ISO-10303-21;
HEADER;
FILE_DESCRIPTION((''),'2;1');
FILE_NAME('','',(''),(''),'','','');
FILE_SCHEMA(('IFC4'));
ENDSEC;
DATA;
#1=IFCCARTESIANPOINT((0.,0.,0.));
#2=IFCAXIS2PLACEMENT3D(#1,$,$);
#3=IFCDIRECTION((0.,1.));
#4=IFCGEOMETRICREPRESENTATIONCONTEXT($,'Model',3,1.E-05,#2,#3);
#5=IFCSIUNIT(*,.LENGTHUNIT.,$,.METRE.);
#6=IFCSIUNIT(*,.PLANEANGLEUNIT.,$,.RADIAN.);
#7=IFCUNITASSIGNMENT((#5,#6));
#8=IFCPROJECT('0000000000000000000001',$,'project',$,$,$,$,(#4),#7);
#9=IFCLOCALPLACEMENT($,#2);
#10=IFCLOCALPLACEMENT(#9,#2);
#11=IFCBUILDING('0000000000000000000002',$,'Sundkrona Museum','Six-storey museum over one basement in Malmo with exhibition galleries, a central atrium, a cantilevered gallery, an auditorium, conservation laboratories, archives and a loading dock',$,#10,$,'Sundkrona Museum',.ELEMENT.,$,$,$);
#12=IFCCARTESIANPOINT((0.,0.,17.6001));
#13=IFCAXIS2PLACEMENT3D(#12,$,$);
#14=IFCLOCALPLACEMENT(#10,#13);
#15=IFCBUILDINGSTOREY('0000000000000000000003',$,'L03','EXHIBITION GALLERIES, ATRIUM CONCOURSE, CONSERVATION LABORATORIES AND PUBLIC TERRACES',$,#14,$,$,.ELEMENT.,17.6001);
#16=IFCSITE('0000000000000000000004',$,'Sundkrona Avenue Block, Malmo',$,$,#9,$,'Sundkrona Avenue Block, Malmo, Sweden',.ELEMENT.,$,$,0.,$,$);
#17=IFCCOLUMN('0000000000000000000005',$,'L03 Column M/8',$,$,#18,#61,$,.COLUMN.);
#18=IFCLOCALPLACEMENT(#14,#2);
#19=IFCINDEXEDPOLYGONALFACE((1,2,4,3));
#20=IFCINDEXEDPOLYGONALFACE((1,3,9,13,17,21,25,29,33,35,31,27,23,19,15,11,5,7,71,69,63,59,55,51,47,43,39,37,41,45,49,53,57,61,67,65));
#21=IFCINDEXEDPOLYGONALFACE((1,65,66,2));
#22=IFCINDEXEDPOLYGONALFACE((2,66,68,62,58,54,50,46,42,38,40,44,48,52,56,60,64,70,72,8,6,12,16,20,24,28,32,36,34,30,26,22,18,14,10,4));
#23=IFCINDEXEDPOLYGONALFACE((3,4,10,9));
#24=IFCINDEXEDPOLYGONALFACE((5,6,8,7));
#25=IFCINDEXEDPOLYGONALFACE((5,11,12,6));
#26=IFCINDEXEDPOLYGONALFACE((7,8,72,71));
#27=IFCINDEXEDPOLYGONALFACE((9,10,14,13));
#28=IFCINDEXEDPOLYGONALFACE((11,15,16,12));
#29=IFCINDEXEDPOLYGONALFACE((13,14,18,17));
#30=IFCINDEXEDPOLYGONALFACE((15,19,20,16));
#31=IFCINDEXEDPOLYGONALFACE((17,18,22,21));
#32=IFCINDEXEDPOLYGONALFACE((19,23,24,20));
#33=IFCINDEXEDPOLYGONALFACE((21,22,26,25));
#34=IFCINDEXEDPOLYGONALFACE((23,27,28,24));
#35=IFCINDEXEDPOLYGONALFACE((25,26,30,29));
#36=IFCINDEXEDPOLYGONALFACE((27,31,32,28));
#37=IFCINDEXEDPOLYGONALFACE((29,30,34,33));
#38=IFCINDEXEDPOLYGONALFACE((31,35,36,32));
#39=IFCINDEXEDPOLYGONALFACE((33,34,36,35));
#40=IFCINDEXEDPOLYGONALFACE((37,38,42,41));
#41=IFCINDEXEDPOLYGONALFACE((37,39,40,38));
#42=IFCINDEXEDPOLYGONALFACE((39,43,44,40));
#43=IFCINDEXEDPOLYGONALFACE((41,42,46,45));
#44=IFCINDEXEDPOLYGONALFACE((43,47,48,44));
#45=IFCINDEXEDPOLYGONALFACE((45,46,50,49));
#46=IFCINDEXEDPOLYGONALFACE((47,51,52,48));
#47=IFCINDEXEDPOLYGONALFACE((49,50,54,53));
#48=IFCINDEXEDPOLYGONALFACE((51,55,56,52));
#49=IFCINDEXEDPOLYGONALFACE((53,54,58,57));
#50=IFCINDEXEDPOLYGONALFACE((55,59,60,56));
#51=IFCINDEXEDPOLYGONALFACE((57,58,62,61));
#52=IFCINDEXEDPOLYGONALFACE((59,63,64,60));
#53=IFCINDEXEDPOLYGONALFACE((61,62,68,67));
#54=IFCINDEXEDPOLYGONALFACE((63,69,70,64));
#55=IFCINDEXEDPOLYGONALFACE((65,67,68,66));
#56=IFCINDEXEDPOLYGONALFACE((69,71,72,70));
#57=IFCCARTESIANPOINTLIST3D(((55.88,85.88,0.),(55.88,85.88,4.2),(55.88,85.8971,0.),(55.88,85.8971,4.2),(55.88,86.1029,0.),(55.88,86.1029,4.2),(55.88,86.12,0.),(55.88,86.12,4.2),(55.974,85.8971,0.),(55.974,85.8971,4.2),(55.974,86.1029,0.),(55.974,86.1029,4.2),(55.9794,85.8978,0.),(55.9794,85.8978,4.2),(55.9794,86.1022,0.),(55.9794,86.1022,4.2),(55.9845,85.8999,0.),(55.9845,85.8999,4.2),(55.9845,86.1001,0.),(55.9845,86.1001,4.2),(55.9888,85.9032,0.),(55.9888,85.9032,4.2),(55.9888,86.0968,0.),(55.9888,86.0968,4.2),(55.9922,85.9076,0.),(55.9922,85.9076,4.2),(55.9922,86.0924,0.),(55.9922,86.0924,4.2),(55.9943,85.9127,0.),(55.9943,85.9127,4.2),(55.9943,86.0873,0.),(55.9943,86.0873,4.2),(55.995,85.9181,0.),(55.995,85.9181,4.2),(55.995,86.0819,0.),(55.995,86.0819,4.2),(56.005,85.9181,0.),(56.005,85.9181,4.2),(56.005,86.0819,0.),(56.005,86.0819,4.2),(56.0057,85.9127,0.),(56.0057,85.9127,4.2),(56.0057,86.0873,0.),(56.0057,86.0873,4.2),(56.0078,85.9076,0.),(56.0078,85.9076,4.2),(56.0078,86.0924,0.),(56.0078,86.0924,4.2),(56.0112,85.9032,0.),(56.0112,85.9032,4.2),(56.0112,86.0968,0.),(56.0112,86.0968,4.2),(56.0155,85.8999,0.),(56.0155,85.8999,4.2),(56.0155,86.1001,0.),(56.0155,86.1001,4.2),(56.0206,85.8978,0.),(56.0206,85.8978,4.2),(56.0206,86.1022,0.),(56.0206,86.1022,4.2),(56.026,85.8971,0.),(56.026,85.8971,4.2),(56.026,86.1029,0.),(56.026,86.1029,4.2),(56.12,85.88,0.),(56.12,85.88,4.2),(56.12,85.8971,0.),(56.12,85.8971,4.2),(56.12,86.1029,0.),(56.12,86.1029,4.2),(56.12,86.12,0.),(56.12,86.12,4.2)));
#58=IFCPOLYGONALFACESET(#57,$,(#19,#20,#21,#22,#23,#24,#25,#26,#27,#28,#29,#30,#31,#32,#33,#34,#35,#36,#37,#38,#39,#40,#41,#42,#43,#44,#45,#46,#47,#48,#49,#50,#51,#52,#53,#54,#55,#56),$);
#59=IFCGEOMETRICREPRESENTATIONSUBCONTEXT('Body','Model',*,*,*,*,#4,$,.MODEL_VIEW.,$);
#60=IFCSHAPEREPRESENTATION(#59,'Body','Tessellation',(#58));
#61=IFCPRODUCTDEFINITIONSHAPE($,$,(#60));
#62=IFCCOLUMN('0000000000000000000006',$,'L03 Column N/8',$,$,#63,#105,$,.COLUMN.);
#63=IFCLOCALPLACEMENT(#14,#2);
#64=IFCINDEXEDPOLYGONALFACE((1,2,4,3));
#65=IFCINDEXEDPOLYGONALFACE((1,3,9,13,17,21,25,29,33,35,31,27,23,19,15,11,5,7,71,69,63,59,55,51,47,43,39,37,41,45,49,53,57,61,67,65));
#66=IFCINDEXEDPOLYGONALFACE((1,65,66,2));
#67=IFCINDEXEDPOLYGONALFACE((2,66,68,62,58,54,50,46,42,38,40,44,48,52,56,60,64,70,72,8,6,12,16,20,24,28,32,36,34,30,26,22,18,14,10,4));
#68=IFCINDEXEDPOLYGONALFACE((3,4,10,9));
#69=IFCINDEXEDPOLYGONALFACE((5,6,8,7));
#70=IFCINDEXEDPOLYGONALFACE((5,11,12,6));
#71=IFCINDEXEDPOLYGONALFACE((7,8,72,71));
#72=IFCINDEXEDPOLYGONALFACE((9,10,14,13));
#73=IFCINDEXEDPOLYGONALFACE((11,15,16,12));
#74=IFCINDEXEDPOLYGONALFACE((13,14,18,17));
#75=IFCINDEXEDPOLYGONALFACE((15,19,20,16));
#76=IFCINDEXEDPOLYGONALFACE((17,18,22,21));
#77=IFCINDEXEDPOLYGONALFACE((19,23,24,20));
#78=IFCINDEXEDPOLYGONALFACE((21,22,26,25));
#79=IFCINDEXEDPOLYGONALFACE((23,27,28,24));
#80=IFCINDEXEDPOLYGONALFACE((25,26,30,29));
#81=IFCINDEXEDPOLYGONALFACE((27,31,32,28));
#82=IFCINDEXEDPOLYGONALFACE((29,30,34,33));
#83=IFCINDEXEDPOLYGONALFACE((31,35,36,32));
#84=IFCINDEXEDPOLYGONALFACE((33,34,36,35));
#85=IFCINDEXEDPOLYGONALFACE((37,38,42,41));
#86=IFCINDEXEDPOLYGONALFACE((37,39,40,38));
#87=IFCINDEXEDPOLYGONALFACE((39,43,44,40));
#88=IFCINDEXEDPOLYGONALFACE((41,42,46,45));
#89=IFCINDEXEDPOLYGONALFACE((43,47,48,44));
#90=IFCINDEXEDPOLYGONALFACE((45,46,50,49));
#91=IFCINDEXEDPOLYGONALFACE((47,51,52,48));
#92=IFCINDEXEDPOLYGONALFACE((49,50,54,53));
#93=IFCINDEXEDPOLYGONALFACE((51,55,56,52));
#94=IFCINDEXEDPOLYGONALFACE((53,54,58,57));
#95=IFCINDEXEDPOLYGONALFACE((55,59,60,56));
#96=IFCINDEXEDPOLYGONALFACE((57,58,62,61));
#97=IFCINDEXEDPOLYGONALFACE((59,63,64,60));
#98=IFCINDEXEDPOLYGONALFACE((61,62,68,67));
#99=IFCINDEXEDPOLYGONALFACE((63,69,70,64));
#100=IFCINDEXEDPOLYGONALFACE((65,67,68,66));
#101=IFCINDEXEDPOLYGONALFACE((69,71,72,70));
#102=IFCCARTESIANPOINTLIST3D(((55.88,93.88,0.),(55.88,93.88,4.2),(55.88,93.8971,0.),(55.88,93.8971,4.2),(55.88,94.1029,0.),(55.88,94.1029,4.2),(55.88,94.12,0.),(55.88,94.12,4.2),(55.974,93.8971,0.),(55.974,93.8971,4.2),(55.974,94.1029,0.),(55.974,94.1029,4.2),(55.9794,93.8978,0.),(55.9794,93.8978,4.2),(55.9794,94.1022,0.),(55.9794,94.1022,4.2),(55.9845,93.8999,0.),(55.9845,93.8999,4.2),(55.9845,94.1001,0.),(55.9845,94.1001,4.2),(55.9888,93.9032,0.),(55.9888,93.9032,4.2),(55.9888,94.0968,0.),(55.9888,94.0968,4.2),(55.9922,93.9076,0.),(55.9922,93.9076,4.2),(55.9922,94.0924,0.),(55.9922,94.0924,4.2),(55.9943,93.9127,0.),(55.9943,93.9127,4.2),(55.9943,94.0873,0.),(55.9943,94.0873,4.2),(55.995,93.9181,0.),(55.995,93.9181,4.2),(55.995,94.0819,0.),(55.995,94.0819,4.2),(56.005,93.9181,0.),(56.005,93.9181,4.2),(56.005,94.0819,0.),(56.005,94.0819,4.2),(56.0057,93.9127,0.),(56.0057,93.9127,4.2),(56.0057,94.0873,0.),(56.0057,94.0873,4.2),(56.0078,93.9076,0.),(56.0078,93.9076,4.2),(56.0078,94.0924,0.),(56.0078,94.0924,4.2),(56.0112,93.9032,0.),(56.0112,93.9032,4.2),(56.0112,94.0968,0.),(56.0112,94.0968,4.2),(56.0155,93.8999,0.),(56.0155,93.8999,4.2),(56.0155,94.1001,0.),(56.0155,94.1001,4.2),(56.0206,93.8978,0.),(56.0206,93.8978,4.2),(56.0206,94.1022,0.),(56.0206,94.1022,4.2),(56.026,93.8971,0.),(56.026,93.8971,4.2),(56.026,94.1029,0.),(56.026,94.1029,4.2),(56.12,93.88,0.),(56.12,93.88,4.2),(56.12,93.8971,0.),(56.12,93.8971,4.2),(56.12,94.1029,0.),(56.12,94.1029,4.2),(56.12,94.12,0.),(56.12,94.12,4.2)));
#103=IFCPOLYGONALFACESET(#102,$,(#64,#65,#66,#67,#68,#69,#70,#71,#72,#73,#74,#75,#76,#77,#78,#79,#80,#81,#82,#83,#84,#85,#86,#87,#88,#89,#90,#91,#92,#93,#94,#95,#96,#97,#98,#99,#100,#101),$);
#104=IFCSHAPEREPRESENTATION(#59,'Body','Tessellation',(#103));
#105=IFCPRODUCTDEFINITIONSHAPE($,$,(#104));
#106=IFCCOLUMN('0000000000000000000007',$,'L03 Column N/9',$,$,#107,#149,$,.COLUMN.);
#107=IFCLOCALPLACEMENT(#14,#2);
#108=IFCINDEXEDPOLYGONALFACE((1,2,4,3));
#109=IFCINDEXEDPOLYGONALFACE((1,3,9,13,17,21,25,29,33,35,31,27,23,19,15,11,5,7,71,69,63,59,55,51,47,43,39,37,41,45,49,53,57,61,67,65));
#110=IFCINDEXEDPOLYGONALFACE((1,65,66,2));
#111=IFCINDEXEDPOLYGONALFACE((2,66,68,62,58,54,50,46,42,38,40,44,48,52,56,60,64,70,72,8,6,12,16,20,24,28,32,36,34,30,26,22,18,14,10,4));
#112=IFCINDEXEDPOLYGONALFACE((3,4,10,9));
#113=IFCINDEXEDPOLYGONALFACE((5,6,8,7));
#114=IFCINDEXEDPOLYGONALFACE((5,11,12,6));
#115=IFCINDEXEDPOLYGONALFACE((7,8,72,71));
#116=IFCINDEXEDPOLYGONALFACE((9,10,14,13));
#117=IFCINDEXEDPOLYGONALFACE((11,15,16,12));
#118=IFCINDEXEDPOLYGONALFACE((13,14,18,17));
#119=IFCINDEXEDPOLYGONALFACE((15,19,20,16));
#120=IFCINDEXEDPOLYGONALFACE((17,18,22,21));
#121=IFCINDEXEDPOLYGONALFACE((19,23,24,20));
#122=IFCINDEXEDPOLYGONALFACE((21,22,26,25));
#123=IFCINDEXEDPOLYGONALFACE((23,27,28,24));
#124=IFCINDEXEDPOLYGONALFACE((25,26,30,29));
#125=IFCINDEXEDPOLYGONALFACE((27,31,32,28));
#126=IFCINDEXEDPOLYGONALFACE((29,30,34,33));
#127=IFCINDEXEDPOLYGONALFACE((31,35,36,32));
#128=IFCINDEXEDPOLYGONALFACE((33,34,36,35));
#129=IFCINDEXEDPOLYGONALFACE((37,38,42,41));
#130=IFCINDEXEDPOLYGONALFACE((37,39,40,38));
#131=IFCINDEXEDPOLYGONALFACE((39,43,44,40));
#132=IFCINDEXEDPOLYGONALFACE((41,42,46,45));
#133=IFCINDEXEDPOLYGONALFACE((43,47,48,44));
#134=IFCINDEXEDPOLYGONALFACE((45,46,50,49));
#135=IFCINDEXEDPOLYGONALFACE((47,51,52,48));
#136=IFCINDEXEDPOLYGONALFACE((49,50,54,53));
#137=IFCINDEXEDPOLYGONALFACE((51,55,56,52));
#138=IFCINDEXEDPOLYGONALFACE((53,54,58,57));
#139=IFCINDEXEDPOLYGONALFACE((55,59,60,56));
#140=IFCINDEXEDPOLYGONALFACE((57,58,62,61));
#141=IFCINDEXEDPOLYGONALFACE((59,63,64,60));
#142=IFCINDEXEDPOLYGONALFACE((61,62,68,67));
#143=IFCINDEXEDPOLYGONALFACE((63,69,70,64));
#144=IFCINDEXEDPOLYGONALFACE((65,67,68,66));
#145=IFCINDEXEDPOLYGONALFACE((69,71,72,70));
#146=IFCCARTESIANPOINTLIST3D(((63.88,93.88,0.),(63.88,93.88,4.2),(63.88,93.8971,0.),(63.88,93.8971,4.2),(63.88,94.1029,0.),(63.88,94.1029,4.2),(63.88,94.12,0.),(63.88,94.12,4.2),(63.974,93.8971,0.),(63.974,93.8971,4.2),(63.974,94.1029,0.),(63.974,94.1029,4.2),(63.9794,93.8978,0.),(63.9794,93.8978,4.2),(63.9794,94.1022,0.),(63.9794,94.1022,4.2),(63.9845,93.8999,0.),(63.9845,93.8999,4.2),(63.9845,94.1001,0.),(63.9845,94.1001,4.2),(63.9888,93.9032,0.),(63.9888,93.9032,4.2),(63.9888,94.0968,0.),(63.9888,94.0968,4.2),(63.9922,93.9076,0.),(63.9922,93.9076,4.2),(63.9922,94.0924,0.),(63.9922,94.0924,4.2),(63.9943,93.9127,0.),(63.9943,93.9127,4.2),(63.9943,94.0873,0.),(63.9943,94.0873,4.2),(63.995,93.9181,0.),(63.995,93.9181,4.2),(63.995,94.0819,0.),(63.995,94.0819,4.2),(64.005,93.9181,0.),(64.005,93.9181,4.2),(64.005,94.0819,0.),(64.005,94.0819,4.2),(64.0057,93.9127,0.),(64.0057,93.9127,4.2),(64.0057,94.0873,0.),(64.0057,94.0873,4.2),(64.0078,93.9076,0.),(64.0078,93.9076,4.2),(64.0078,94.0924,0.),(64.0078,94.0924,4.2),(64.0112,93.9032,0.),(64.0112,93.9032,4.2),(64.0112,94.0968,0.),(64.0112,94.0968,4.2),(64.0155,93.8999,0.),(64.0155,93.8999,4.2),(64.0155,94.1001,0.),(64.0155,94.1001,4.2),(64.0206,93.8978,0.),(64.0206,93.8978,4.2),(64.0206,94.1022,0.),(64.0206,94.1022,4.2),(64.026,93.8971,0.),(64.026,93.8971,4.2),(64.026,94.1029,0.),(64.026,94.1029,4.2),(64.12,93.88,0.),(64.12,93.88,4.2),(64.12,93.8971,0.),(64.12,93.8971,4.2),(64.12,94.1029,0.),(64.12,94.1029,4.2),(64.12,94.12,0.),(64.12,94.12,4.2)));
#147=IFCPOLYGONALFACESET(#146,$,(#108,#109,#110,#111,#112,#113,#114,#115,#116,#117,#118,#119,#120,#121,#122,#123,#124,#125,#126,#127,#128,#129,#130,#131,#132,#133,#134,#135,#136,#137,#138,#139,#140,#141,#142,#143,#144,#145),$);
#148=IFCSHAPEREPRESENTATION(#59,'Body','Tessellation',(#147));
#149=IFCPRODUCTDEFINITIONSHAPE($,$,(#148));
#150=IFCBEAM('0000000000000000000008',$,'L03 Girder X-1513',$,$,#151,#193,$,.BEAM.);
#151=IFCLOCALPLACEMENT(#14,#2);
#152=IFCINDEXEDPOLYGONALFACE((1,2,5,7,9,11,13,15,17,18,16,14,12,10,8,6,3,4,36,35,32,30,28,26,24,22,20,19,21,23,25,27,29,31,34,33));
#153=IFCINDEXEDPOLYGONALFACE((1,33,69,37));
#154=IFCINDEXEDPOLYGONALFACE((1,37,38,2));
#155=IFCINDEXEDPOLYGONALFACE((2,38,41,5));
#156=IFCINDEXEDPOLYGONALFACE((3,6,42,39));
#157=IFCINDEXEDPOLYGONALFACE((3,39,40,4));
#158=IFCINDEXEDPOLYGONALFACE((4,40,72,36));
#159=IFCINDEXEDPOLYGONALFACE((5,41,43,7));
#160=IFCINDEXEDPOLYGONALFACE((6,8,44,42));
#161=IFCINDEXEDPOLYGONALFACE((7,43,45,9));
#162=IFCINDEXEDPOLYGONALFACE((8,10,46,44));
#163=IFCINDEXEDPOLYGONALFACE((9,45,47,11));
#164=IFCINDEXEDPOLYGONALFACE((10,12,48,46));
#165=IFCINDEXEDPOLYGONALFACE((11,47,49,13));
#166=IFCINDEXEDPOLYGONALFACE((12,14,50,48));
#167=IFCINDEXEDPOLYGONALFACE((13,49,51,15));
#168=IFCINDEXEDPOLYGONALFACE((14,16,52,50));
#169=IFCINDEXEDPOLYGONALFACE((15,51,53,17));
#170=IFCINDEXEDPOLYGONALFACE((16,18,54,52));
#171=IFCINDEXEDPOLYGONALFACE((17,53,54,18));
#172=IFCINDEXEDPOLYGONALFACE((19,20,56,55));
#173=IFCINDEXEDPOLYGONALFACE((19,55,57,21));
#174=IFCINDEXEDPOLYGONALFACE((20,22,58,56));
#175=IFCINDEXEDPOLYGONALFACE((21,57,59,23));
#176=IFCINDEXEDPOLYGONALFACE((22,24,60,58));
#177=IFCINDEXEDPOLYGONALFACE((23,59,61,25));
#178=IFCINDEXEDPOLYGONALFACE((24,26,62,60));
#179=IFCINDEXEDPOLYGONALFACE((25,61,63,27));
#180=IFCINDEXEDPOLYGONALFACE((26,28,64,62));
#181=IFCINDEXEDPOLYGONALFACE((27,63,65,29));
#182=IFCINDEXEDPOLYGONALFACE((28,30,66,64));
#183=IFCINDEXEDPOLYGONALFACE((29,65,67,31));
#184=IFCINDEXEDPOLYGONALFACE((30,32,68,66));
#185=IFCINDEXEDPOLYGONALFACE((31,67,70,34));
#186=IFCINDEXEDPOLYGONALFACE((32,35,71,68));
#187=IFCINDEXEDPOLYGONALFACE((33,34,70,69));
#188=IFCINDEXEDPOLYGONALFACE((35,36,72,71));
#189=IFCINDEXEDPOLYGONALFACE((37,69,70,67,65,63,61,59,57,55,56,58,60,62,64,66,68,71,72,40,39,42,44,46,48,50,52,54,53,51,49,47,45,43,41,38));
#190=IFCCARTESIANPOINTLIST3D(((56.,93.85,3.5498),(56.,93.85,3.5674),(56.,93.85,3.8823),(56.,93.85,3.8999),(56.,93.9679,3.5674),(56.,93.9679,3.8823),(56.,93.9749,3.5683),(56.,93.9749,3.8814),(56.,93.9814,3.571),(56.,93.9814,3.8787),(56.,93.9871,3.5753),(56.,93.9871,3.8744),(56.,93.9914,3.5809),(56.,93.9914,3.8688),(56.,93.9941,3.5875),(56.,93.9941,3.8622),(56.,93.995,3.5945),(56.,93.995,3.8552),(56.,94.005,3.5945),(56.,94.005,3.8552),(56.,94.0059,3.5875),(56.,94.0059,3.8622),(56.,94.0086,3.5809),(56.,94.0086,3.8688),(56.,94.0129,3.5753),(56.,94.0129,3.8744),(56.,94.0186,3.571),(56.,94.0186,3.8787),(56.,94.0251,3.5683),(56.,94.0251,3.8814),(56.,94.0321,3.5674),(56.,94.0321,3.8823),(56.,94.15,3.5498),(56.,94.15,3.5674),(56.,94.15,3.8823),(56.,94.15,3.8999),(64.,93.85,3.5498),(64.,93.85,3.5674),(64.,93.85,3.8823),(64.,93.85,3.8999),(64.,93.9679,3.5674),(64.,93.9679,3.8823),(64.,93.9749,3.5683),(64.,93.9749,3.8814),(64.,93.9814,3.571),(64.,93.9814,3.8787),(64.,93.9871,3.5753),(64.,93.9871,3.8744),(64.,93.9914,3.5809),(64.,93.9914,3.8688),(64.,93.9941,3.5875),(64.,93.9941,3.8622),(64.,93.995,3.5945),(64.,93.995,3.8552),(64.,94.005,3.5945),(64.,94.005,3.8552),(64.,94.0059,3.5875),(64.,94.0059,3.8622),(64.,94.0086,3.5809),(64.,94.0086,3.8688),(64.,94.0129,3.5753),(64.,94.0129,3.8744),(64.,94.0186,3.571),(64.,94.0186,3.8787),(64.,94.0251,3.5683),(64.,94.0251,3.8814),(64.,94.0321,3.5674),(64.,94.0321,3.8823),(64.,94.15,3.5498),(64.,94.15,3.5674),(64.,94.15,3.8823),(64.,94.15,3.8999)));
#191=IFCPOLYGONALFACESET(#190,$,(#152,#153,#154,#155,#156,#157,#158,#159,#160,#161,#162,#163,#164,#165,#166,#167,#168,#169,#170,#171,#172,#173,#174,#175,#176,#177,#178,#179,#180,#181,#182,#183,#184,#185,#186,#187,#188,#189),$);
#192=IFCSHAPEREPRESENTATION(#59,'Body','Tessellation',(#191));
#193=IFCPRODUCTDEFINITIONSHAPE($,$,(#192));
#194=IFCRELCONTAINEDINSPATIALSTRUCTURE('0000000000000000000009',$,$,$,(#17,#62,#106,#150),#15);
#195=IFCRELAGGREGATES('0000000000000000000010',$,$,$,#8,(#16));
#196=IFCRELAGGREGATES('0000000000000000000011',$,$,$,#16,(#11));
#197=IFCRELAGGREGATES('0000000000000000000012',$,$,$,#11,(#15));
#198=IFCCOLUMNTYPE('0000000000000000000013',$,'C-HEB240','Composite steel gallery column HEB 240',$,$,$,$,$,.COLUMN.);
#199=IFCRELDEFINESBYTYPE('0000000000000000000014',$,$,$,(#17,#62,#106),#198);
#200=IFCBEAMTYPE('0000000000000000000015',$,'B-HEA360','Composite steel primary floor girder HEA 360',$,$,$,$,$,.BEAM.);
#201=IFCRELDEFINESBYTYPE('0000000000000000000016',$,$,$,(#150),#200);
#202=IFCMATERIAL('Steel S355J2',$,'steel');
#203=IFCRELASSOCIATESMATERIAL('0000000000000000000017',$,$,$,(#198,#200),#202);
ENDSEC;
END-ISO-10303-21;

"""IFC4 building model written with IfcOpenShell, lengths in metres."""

from ifc_helpers import new_model, si_unit, direction, frame, origin, origin_2d, place, context, subcontext, project, spatial, i_section, extrude, material, material_profile, profile_set, type_object, element, save


model = new_model("IFC4")

# Units and contexts
model_context = context("Model", 3, precision=1e-05, world=origin(), true_north=direction((0.0, 1.0)))
body_context = subcontext(model_context, "Body", "Model", "MODEL_VIEW")
ifc_project = project(units=[si_unit("LENGTHUNIT", "METRE"), si_unit("PLANEANGLEUNIT", "RADIAN")], contexts=[model_context])

# Site, building, storey
site_placement = place(None, origin())
site = spatial("IfcSite", under=ifc_project, at=site_placement, Name="Sundkrona Avenue Block, Malmo", LongName="Sundkrona Avenue Block, Malmo, Sweden", CompositionType="ELEMENT", RefElevation=0.0)
building_placement = place(site_placement, origin())
building = spatial("IfcBuilding", under=site, at=building_placement, Name="Sundkrona Museum", Description="Six-storey museum over one basement in Malmo with exhibition galleries, a central atrium, a cantilevered gallery, an auditorium, conservation laboratories, archives and a loading dock", LongName="Sundkrona Museum", CompositionType="ELEMENT")
storey_placement = place(building_placement, frame((0.0, 0.0, 17.6001)))
storey = spatial("IfcBuildingStorey", under=building, at=storey_placement, Name="L03", Description="EXHIBITION GALLERIES, ATRIUM CONCOURSE, CONSERVATION LABORATORIES AND PUBLIC TERRACES", CompositionType="ELEMENT", Elevation=17.6001)

# Columns
ifc_material_1 = material(Name="Steel S355J2", Category="steel")
ifc_material_profile_1 = material_profile(ifc_material_1, i_section(OverallWidth=0.24, OverallDepth=0.24, WebThickness=0.01, FlangeThickness=0.0171, FilletRadius=0.021, at=origin_2d()), Name="HEB 240")
ifc_profile_set_1 = profile_set([ifc_material_profile_1], Name="Steel S355J2")
column_type = type_object("IfcColumnType", Name="C-HEB240", Description="Composite steel gallery column HEB 240", PredefinedType="COLUMN", material=ifc_profile_set_1)
for number, where, z_axis, x_axis, name in (
    (1, (56.0, 86.0, 0.0), (0.0, 0.0, 1.0), (1.0, 0.0, 0.0), "L03 Column M/8"),
    (2, (56.0, 94.0, 0.0), (0.0, 0.0, 1.0), (1.0, 0.0, 0.0), "L03 Column N/8"),
    (3, (64.0, 94.0, 0.0), (0.0, 0.0, 1.0), (1.0, 0.0, 0.0), "L03 Column N/9"),
):
    element("IfcColumn", number, at=place(storey_placement, frame(where, z_axis=z_axis, x_axis=x_axis)), inside=storey, type_object=column_type, Name=name, PredefinedType="COLUMN", context=body_context, shape_type="SweptSolid", body=[
        extrude(i_section(OverallWidth=0.24, OverallDepth=0.24, WebThickness=0.01, FlangeThickness=0.0171, FilletRadius=0.021, at=origin_2d()), origin(), (0.0, 0.0, 1.0), 4.2),
    ])

# Beam
ifc_material_profile_2 = material_profile(ifc_material_1, i_section(OverallWidth=0.3, OverallDepth=0.3501, WebThickness=0.01, FlangeThickness=0.0176, FilletRadius=0.0271, at=origin_2d()), Name="HEA 360")
ifc_profile_set_2 = profile_set([ifc_material_profile_2], Name="Steel S355J2")
beam_type_1 = type_object("IfcBeamType", Name="B-HEA360", Description="Composite steel primary floor girder HEA 360", PredefinedType="BEAM", material=ifc_profile_set_2)
for number, where, z_axis, x_axis, name in (
    (4, (56.0, 94.0, 3.7249), (1.0, 0.0, 0.0), (0.0, 1.0, 0.0), "L03 Girder X-1513"),
):
    element("IfcBeam", number, at=place(storey_placement, frame(where, z_axis=z_axis, x_axis=x_axis)), inside=storey, type_object=beam_type_1, Name=name, PredefinedType="BEAM", context=body_context, shape_type="SweptSolid", body=[
        extrude(i_section(OverallWidth=0.3, OverallDepth=0.3501, WebThickness=0.01, FlangeThickness=0.0176, FilletRadius=0.0271, at=origin_2d()), origin(), (0.0, 0.0, 1.0), 8.0),
    ])

save(model, "model.ifc")
